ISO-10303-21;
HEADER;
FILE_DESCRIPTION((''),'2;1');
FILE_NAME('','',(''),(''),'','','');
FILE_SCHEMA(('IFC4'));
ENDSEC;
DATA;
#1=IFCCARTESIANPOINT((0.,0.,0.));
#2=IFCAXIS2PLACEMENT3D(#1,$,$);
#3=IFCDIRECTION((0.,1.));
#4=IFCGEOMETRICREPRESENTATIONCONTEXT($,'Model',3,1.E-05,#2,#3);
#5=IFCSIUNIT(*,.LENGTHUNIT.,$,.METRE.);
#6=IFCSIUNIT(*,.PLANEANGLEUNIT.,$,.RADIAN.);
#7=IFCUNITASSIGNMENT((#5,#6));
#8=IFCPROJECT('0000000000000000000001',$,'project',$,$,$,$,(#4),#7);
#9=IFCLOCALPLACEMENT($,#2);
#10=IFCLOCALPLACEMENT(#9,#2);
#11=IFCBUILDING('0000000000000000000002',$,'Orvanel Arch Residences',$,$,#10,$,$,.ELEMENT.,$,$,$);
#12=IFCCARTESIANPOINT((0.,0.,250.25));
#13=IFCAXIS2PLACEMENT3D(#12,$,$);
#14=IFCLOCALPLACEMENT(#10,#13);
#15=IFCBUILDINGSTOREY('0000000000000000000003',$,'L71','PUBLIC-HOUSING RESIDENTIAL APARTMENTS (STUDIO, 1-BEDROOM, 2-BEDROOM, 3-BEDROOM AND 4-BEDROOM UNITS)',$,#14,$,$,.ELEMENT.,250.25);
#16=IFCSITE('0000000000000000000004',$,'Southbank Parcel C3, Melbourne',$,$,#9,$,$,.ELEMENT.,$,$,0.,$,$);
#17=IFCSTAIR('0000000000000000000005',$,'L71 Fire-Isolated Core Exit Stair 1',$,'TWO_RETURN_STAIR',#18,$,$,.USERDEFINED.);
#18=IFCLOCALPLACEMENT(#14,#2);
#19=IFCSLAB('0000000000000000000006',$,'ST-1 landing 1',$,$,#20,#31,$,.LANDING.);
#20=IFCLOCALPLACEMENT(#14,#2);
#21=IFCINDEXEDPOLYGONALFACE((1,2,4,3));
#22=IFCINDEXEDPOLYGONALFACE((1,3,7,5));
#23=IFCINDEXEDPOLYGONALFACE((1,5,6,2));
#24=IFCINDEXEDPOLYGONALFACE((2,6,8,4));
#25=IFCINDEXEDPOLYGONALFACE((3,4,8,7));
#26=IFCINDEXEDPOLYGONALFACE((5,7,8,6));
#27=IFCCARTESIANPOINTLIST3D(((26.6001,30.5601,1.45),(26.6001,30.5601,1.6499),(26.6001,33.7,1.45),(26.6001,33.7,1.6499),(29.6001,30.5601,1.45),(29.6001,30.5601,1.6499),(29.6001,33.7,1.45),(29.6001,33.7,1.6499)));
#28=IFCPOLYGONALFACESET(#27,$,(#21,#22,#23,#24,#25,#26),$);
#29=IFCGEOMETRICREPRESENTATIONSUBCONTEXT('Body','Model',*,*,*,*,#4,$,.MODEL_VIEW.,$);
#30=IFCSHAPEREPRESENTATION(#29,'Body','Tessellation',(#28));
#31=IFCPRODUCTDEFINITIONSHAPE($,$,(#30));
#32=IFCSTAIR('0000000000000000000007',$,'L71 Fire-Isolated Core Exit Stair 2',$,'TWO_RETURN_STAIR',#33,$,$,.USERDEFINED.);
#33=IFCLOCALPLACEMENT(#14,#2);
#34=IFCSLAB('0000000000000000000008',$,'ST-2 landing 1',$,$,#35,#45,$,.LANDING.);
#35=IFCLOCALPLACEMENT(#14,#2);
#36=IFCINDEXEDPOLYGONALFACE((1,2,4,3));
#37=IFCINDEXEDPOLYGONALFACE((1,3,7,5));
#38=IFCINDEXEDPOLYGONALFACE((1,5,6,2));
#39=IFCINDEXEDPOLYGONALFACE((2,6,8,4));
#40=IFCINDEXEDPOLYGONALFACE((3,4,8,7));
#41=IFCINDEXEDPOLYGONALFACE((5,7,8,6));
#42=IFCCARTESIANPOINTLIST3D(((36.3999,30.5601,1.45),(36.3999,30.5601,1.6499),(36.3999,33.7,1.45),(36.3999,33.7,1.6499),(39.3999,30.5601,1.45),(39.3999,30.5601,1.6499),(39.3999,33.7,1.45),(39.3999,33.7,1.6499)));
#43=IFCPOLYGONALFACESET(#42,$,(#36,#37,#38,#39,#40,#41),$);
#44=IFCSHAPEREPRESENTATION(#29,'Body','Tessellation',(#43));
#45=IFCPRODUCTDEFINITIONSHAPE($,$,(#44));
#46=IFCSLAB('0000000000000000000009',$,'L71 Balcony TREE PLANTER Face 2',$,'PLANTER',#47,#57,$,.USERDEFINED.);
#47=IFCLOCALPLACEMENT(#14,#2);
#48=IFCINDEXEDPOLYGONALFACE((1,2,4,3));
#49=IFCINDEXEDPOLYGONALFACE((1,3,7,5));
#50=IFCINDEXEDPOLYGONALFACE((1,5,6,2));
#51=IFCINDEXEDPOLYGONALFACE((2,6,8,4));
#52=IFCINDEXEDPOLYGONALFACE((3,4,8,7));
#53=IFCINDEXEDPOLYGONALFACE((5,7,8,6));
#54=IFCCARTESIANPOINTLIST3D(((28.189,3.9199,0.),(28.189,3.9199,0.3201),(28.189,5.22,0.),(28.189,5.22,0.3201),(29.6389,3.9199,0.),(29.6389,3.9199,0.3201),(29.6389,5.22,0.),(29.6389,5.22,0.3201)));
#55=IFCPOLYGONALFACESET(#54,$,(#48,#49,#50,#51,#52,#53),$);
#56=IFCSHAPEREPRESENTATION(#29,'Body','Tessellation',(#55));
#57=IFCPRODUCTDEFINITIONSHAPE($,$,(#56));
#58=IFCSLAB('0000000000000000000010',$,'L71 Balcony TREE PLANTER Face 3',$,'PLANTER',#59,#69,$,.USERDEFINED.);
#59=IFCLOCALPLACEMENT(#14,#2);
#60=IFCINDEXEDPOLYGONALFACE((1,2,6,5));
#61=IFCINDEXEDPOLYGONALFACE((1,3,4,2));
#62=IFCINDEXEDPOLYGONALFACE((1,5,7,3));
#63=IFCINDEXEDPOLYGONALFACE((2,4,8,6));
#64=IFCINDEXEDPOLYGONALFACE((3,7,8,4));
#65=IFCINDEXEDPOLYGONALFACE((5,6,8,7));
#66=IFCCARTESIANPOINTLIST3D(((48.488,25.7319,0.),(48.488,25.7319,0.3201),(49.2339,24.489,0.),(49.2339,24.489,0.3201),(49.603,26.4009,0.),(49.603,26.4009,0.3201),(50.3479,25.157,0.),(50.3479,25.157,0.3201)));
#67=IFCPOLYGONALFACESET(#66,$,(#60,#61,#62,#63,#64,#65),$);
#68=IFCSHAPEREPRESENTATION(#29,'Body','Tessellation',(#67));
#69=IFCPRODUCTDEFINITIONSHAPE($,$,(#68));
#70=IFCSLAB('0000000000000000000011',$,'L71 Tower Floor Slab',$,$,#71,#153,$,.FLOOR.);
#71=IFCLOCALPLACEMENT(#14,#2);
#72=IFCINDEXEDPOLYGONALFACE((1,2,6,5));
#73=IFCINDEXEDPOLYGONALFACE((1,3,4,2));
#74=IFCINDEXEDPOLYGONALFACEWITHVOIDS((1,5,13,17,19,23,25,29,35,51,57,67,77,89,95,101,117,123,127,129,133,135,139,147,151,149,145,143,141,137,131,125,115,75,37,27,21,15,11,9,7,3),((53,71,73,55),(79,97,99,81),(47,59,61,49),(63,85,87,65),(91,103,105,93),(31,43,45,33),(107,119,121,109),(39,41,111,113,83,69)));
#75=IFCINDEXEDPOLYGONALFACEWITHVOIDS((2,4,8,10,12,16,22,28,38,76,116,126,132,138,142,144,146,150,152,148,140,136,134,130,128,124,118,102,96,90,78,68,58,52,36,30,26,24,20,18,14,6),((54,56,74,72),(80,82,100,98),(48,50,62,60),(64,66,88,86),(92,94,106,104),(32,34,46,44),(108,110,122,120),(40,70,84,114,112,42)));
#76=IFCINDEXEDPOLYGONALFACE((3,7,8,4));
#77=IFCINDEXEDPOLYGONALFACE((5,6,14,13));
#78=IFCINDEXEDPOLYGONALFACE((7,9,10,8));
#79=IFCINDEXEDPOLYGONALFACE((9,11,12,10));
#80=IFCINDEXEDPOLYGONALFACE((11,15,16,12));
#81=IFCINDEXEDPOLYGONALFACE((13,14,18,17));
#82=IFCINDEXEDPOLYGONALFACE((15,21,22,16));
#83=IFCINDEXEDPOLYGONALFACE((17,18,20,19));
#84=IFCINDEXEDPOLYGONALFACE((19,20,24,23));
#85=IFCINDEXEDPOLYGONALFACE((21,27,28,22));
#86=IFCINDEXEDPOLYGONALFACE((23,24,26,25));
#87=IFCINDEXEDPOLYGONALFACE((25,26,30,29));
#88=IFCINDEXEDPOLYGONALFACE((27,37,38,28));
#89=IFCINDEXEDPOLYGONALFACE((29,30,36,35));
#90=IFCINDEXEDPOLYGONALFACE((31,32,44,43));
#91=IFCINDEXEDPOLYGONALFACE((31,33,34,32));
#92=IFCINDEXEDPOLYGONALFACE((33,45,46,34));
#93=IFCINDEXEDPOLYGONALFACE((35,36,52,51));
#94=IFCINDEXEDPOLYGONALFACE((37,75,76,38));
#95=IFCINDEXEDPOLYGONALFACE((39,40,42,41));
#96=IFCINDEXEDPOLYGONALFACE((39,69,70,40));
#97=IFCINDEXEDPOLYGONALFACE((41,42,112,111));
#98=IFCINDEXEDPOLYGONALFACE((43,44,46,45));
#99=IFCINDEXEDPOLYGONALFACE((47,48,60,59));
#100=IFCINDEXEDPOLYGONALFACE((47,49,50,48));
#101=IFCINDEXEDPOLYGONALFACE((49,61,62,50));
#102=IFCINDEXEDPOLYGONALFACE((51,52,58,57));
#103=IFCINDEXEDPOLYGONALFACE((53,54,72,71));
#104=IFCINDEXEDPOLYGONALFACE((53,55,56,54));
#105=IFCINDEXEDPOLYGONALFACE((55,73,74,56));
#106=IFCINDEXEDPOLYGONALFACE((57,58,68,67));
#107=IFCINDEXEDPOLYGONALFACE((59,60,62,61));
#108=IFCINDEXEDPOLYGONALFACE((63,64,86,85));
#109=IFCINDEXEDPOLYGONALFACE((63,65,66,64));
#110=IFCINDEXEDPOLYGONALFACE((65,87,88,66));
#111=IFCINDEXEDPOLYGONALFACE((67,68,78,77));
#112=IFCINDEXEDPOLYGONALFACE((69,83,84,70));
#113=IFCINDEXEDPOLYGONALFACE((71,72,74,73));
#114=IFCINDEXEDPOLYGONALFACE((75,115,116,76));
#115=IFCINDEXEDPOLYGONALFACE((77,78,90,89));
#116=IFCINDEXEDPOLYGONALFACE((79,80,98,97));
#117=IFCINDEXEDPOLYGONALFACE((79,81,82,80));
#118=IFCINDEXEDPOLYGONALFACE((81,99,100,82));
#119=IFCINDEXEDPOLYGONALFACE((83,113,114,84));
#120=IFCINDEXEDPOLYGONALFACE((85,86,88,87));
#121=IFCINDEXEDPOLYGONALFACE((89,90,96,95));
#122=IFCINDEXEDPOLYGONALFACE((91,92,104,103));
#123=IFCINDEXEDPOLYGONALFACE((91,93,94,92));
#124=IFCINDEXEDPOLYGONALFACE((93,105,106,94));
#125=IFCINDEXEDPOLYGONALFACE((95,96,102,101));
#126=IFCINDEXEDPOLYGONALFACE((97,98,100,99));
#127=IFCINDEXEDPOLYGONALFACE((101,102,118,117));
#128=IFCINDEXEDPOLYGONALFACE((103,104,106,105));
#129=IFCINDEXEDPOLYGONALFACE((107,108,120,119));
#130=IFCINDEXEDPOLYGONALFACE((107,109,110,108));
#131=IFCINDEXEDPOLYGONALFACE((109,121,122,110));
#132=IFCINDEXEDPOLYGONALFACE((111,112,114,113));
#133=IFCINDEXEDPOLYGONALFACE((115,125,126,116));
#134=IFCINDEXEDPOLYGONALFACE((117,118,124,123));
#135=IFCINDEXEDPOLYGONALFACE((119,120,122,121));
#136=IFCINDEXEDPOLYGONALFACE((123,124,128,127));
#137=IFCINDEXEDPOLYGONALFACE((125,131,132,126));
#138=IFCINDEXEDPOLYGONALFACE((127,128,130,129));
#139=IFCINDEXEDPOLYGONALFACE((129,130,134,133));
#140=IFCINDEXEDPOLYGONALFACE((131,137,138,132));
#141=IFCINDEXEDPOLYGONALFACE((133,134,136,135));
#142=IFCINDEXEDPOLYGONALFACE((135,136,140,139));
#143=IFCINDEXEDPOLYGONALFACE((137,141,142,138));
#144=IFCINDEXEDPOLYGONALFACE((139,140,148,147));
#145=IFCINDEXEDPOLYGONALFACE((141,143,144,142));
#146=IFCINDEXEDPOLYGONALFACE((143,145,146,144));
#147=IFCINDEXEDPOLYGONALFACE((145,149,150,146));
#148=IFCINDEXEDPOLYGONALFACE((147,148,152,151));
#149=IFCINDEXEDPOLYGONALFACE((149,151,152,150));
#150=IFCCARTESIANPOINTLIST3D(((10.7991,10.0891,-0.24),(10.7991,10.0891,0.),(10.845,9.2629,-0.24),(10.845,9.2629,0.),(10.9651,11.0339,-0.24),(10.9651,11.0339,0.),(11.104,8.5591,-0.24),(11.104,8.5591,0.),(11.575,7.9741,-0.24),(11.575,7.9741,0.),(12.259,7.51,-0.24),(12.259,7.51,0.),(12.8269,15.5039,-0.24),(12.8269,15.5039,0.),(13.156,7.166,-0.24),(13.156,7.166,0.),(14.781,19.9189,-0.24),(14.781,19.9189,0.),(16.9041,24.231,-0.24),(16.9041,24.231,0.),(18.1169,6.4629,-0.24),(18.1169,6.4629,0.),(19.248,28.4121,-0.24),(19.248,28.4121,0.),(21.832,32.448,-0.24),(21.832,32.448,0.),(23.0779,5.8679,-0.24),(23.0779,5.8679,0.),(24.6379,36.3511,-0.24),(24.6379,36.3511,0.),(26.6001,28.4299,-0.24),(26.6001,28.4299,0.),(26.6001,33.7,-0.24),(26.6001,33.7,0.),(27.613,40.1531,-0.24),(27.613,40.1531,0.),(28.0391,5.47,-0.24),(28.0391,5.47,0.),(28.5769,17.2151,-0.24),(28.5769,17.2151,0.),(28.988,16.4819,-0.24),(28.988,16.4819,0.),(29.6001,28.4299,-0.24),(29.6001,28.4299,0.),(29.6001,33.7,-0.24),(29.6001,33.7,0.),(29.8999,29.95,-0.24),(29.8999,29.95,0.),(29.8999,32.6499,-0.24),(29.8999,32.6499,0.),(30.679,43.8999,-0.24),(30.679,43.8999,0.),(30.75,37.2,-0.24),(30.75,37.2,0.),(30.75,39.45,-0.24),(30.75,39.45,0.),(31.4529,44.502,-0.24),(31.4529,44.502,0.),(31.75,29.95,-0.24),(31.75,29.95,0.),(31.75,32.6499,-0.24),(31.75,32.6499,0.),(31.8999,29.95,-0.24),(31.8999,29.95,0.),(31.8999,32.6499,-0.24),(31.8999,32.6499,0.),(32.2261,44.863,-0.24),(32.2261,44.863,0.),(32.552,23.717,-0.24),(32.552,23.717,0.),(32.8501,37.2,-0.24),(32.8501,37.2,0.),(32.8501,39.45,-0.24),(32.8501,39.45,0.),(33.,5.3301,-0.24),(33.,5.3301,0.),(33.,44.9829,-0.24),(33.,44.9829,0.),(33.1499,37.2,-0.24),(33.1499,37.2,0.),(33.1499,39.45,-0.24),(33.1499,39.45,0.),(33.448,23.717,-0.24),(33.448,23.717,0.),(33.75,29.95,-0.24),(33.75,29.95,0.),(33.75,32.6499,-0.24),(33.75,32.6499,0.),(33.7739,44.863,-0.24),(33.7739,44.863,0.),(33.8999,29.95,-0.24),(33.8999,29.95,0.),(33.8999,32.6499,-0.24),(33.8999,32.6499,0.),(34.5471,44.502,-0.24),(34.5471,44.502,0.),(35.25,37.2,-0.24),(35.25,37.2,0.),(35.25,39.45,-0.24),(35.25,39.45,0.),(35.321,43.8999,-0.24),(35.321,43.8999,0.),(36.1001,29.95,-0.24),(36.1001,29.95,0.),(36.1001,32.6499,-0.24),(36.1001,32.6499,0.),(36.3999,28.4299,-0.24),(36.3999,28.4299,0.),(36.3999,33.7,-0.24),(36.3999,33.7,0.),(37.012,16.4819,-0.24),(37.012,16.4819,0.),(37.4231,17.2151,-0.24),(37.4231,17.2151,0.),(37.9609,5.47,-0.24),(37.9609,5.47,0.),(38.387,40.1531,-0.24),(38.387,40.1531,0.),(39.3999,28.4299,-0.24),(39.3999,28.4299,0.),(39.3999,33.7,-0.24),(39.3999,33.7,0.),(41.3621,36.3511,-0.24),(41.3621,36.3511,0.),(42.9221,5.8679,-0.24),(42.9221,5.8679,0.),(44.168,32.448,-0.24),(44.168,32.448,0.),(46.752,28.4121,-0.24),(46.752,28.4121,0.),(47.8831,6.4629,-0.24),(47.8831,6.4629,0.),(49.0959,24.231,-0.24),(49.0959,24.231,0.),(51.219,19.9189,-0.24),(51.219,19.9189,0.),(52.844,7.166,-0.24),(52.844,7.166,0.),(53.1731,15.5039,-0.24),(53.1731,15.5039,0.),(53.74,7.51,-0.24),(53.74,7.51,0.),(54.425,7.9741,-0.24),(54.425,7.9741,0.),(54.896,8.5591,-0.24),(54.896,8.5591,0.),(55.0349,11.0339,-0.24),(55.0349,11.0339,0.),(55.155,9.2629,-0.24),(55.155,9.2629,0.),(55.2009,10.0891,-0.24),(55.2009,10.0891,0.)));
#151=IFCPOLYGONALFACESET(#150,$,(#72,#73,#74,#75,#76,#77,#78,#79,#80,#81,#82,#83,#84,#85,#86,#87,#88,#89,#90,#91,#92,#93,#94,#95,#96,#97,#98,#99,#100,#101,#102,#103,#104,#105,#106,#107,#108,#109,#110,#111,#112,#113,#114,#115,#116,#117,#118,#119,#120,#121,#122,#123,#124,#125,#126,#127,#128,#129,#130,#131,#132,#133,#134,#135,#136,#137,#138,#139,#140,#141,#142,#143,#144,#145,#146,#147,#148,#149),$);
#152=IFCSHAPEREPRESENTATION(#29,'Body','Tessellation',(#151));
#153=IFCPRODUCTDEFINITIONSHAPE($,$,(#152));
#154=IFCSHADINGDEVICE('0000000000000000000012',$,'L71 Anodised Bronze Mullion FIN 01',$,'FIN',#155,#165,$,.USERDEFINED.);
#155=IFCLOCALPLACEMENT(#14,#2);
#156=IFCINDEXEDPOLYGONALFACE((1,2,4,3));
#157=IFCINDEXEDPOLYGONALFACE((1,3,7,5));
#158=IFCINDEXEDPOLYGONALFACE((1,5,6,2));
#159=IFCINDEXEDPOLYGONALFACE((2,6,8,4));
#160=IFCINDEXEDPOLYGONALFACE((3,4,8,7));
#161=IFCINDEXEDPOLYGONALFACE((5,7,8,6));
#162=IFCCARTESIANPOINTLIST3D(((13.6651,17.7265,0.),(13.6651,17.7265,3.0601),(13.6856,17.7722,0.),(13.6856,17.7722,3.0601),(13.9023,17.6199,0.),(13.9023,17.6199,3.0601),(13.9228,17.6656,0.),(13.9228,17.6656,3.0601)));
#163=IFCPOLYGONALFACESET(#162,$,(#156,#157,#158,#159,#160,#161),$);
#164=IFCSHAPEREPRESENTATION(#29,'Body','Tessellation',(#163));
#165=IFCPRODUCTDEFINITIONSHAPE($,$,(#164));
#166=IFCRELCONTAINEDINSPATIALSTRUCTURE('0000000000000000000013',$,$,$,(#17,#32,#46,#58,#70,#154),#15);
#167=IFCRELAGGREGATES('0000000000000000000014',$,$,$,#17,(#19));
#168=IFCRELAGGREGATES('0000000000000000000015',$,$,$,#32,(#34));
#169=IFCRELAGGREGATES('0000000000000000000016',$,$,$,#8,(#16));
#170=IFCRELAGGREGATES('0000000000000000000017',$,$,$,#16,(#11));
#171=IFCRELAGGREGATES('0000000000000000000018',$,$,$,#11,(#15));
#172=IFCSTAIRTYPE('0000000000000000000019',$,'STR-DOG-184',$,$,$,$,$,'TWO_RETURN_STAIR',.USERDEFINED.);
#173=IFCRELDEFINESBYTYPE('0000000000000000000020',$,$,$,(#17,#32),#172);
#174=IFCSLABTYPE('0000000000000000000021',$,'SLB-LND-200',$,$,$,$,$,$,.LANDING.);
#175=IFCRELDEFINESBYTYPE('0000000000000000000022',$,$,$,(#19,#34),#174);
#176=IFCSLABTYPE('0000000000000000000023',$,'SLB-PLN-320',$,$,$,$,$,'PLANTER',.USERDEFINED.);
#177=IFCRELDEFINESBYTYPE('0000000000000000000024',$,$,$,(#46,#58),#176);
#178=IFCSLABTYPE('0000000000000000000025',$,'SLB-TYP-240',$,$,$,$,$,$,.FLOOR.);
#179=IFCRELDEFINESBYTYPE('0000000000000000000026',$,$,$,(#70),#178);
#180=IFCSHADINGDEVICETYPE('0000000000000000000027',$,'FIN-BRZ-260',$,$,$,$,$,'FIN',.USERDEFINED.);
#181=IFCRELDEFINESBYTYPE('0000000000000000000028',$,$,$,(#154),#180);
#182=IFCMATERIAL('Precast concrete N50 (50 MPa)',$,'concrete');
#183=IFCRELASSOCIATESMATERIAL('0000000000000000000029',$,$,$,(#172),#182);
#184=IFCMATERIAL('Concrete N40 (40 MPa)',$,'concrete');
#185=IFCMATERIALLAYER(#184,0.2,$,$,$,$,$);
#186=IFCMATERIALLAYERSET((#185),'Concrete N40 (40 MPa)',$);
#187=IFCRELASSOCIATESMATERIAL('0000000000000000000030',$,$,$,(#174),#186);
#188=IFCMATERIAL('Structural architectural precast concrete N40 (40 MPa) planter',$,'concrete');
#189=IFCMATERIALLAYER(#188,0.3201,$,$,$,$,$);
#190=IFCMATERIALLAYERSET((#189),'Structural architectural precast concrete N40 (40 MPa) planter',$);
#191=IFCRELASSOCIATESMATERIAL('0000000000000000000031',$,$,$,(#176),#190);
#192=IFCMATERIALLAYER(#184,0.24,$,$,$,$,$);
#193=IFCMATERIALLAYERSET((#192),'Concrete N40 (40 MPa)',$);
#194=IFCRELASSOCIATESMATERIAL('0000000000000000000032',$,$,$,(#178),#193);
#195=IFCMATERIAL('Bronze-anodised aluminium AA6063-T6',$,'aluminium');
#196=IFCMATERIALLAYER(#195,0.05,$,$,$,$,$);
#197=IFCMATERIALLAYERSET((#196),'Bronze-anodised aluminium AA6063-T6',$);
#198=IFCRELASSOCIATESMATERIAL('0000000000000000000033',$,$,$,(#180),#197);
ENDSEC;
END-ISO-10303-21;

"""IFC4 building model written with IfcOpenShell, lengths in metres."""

from ifc_helpers import new_model, si_unit, direction, frame, origin, origin_2d, place, context, subcontext, project, spatial, polyline, rectangle, outline, extrude, material, layer, layer_set, type_object, element, aggregate, save


model = new_model("IFC4")

# Units and contexts
model_context = context("Model", 3, precision=1e-05, world=origin(), true_north=direction((0.0, 1.0)))
body_context = subcontext(model_context, "Body", "Model", "MODEL_VIEW")
ifc_project = project(units=[si_unit("LENGTHUNIT", "METRE"), si_unit("PLANEANGLEUNIT", "RADIAN")], contexts=[model_context])

# Site, building, storey
site_placement = place(None, origin())
site = spatial("IfcSite", under=ifc_project, at=site_placement, Name="Southbank Parcel C3, Melbourne", CompositionType="ELEMENT", RefElevation=0.0)
building_placement = place(site_placement, origin())
building = spatial("IfcBuilding", under=site, at=building_placement, Name="Orvanel Arch Residences", CompositionType="ELEMENT")
storey_placement = place(building_placement, frame((0.0, 0.0, 250.25)))
storey = spatial("IfcBuildingStorey", under=building, at=storey_placement, Name="L71", Description="PUBLIC-HOUSING RESIDENTIAL APARTMENTS (STUDIO, 1-BEDROOM, 2-BEDROOM, 3-BEDROOM AND 4-BEDROOM UNITS)", CompositionType="ELEMENT", Elevation=250.25)

# Shared definitions
ifc_material_1 = material(Name="Bronze-anodised aluminium AA6063-T6", Category="aluminium")

# Shared definitions
ifc_material_2 = material(Name="Concrete N40 (40 MPa)", Category="concrete")

# Stairs, slabs
ifc_material_3 = material(Name="Precast concrete N50 (50 MPa)", Category="concrete")
stair_type = type_object("IfcStairType", Name="STR-DOG-184", ElementType="TWO_RETURN_STAIR", PredefinedType="USERDEFINED", material=ifc_material_3)
stair_1_placement = place(storey_placement, origin())
stair_1 = element("IfcStair", 1, at=stair_1_placement, inside=storey, type_object=stair_type, Name="L71 Fire-Isolated Core Exit Stair 1", ObjectType="TWO_RETURN_STAIR", PredefinedType="USERDEFINED")
ifc_layer_1 = layer(ifc_material_2, 0.2)
ifc_layer_set_1 = layer_set([ifc_layer_1], Name="Concrete N40 (40 MPa)")
slab_type_1 = type_object("IfcSlabType", Name="SLB-LND-200", PredefinedType="LANDING", material=ifc_layer_set_1)
slab_1_placement = place(storey_placement, frame((0.0, 0.0, 1.45)))
slab_1 = element("IfcSlab", 2, at=slab_1_placement, type_object=slab_type_1, Name="ST-1 landing 1", PredefinedType="LANDING", context=body_context, shape_type="SweptSolid", body=[
    extrude(outline(polyline([(29.6001, 30.5601), (29.6001, 33.7), (26.6001, 33.7), (26.6001, 30.5601), (29.6001, 30.5601)])), origin(), (0.0, 0.0, 1.0), 0.2),
])
aggregate(stair_1, [slab_1])
stair_2_placement = place(storey_placement, origin())
stair_2 = element("IfcStair", 3, at=stair_2_placement, inside=storey, type_object=stair_type, Name="L71 Fire-Isolated Core Exit Stair 2", ObjectType="TWO_RETURN_STAIR", PredefinedType="USERDEFINED")
slab_2_placement = place(storey_placement, frame((0.0, 0.0, 1.45)))
slab_2 = element("IfcSlab", 4, at=slab_2_placement, type_object=slab_type_1, Name="ST-2 landing 1", PredefinedType="LANDING", context=body_context, shape_type="SweptSolid", body=[
    extrude(outline(polyline([(39.3999, 30.5601), (39.3999, 33.7), (36.3999, 33.7), (36.3999, 30.5601), (39.3999, 30.5601)])), origin(), (0.0, 0.0, 1.0), 0.2),
])
aggregate(stair_2, [slab_2])

# Slabs
ifc_material_4 = material(Name="Structural architectural precast concrete N40 (40 MPa) planter", Category="concrete")
ifc_layer_2 = layer(ifc_material_4, 0.3201)
ifc_layer_set_2 = layer_set([ifc_layer_2], Name="Structural architectural precast concrete N40 (40 MPa) planter")
slab_type_2 = type_object("IfcSlabType", Name="SLB-PLN-320", ElementType="PLANTER", PredefinedType="USERDEFINED", material=ifc_layer_set_2)
slab_3_placement = place(storey_placement, origin())
element("IfcSlab", 5, at=slab_3_placement, inside=storey, type_object=slab_type_2, Name="L71 Balcony TREE PLANTER Face 2", ObjectType="PLANTER", PredefinedType="USERDEFINED", context=body_context, shape_type="SweptSolid", body=[
    extrude(outline(polyline([(28.189, 3.9199), (29.6389, 3.9199), (29.6389, 5.22), (28.189, 5.22), (28.189, 3.9199)])), origin(), (0.0, 0.0, 1.0), 0.3201),
])
slab_4_placement = place(storey_placement, origin())
element("IfcSlab", 6, at=slab_4_placement, inside=storey, type_object=slab_type_2, Name="L71 Balcony TREE PLANTER Face 3", ObjectType="PLANTER", PredefinedType="USERDEFINED", context=body_context, shape_type="SweptSolid", body=[
    extrude(outline(polyline([(50.3479, 25.157), (49.603, 26.4009), (48.488, 25.7319), (49.2339, 24.489), (50.3479, 25.157)])), origin(), (0.0, 0.0, 1.0), 0.3201),
])
ifc_layer_3 = layer(ifc_material_2, 0.24)
ifc_layer_set_3 = layer_set([ifc_layer_3], Name="Concrete N40 (40 MPa)")
slab_type_3 = type_object("IfcSlabType", Name="SLB-TYP-240", PredefinedType="FLOOR", material=ifc_layer_set_3)
slab_5_placement = place(storey_placement, frame((0.0, 0.0, -0.24)))
element("IfcSlab", 7, at=slab_5_placement, inside=storey, type_object=slab_type_3, Name="L71 Tower Floor Slab", PredefinedType="FLOOR", context=body_context, shape_type="SweptSolid", body=[
    extrude(outline(polyline([(35.321, 43.8999), (34.5471, 44.502), (33.7739, 44.863), (33.0, 44.9829), (32.2261, 44.863), (31.4529, 44.502), (30.679, 43.8999), (27.613, 40.1531), (24.6379, 36.3511), (21.832, 32.448), (19.248, 28.4121), (16.9041, 24.231), (14.781, 19.9189), (12.8269, 15.5039), (10.9651, 11.0339), (10.7991, 10.0891), (10.845, 9.2629), (11.104, 8.5591), (11.575, 7.9741), (12.259, 7.51), (13.156, 7.166), (18.1169, 6.4629), (23.0779, 5.8679), (28.0391, 5.47), (33.0, 5.3301), (37.9609, 5.47), (42.9221, 5.8679), (47.8831, 6.4629), (52.844, 7.166), (53.74, 7.51), (54.425, 7.9741), (54.896, 8.5591), (55.155, 9.2629), (55.2009, 10.0891), (55.0349, 11.0339), (53.1731, 15.5039), (51.219, 19.9189), (49.0959, 24.231), (46.752, 28.4121), (44.168, 32.448), (41.3621, 36.3511), (38.387, 40.1531), (35.321, 43.8999)]), holes=[polyline([(26.6001, 28.4299), (26.6001, 33.7), (29.6001, 33.7), (29.6001, 28.4299), (26.6001, 28.4299)]), polyline([(36.3999, 28.4299), (36.3999, 33.7), (39.3999, 33.7), (39.3999, 28.4299), (36.3999, 28.4299)]), polyline([(29.8999, 32.6499), (31.75, 32.6499), (31.75, 29.95), (29.8999, 29.95), (29.8999, 32.6499)]), polyline([(31.8999, 32.6499), (33.75, 32.6499), (33.75, 29.95), (31.8999, 29.95), (31.8999, 32.6499)]), polyline([(33.8999, 32.6499), (36.1001, 32.6499), (36.1001, 29.95), (33.8999, 29.95), (33.8999, 32.6499)]), polyline([(30.75, 39.45), (32.8501, 39.45), (32.8501, 37.2), (30.75, 37.2), (30.75, 39.45)]), polyline([(33.1499, 39.45), (35.25, 39.45), (35.25, 37.2), (33.1499, 37.2), (33.1499, 39.45)]), polyline([(37.4231, 17.2151), (37.012, 16.4819), (28.988, 16.4819), (28.5769, 17.2151), (32.552, 23.717), (33.448, 23.717), (37.4231, 17.2151)])]), origin(), (0.0, 0.0, 1.0), 0.24),
])

# Shading device
ifc_layer_4 = layer(ifc_material_1, 0.05)
ifc_layer_set_4 = layer_set([ifc_layer_4], Name="Bronze-anodised aluminium AA6063-T6")
shading_device_type = type_object("IfcShadingDeviceType", Name="FIN-BRZ-260", ElementType="FIN", PredefinedType="USERDEFINED", material=ifc_layer_set_4)
shading_device_placement = place(storey_placement, frame((13.7939, 17.696, 0.0), z_axis=(0.0, 0.0, 1.0), x_axis=(-0.91212, 0.409923, 0.0)))
element("IfcShadingDevice", 8, at=shading_device_placement, inside=storey, type_object=shading_device_type, Name="L71 Anodised Bronze Mullion FIN 01", ObjectType="FIN", PredefinedType="USERDEFINED", context=body_context, shape_type="SweptSolid", body=[
    extrude(rectangle(XDim=0.26, YDim=0.05, at=origin_2d()), origin(), (0.0, 0.0, 1.0), 3.0601),
])

save(model, "model.ifc")
